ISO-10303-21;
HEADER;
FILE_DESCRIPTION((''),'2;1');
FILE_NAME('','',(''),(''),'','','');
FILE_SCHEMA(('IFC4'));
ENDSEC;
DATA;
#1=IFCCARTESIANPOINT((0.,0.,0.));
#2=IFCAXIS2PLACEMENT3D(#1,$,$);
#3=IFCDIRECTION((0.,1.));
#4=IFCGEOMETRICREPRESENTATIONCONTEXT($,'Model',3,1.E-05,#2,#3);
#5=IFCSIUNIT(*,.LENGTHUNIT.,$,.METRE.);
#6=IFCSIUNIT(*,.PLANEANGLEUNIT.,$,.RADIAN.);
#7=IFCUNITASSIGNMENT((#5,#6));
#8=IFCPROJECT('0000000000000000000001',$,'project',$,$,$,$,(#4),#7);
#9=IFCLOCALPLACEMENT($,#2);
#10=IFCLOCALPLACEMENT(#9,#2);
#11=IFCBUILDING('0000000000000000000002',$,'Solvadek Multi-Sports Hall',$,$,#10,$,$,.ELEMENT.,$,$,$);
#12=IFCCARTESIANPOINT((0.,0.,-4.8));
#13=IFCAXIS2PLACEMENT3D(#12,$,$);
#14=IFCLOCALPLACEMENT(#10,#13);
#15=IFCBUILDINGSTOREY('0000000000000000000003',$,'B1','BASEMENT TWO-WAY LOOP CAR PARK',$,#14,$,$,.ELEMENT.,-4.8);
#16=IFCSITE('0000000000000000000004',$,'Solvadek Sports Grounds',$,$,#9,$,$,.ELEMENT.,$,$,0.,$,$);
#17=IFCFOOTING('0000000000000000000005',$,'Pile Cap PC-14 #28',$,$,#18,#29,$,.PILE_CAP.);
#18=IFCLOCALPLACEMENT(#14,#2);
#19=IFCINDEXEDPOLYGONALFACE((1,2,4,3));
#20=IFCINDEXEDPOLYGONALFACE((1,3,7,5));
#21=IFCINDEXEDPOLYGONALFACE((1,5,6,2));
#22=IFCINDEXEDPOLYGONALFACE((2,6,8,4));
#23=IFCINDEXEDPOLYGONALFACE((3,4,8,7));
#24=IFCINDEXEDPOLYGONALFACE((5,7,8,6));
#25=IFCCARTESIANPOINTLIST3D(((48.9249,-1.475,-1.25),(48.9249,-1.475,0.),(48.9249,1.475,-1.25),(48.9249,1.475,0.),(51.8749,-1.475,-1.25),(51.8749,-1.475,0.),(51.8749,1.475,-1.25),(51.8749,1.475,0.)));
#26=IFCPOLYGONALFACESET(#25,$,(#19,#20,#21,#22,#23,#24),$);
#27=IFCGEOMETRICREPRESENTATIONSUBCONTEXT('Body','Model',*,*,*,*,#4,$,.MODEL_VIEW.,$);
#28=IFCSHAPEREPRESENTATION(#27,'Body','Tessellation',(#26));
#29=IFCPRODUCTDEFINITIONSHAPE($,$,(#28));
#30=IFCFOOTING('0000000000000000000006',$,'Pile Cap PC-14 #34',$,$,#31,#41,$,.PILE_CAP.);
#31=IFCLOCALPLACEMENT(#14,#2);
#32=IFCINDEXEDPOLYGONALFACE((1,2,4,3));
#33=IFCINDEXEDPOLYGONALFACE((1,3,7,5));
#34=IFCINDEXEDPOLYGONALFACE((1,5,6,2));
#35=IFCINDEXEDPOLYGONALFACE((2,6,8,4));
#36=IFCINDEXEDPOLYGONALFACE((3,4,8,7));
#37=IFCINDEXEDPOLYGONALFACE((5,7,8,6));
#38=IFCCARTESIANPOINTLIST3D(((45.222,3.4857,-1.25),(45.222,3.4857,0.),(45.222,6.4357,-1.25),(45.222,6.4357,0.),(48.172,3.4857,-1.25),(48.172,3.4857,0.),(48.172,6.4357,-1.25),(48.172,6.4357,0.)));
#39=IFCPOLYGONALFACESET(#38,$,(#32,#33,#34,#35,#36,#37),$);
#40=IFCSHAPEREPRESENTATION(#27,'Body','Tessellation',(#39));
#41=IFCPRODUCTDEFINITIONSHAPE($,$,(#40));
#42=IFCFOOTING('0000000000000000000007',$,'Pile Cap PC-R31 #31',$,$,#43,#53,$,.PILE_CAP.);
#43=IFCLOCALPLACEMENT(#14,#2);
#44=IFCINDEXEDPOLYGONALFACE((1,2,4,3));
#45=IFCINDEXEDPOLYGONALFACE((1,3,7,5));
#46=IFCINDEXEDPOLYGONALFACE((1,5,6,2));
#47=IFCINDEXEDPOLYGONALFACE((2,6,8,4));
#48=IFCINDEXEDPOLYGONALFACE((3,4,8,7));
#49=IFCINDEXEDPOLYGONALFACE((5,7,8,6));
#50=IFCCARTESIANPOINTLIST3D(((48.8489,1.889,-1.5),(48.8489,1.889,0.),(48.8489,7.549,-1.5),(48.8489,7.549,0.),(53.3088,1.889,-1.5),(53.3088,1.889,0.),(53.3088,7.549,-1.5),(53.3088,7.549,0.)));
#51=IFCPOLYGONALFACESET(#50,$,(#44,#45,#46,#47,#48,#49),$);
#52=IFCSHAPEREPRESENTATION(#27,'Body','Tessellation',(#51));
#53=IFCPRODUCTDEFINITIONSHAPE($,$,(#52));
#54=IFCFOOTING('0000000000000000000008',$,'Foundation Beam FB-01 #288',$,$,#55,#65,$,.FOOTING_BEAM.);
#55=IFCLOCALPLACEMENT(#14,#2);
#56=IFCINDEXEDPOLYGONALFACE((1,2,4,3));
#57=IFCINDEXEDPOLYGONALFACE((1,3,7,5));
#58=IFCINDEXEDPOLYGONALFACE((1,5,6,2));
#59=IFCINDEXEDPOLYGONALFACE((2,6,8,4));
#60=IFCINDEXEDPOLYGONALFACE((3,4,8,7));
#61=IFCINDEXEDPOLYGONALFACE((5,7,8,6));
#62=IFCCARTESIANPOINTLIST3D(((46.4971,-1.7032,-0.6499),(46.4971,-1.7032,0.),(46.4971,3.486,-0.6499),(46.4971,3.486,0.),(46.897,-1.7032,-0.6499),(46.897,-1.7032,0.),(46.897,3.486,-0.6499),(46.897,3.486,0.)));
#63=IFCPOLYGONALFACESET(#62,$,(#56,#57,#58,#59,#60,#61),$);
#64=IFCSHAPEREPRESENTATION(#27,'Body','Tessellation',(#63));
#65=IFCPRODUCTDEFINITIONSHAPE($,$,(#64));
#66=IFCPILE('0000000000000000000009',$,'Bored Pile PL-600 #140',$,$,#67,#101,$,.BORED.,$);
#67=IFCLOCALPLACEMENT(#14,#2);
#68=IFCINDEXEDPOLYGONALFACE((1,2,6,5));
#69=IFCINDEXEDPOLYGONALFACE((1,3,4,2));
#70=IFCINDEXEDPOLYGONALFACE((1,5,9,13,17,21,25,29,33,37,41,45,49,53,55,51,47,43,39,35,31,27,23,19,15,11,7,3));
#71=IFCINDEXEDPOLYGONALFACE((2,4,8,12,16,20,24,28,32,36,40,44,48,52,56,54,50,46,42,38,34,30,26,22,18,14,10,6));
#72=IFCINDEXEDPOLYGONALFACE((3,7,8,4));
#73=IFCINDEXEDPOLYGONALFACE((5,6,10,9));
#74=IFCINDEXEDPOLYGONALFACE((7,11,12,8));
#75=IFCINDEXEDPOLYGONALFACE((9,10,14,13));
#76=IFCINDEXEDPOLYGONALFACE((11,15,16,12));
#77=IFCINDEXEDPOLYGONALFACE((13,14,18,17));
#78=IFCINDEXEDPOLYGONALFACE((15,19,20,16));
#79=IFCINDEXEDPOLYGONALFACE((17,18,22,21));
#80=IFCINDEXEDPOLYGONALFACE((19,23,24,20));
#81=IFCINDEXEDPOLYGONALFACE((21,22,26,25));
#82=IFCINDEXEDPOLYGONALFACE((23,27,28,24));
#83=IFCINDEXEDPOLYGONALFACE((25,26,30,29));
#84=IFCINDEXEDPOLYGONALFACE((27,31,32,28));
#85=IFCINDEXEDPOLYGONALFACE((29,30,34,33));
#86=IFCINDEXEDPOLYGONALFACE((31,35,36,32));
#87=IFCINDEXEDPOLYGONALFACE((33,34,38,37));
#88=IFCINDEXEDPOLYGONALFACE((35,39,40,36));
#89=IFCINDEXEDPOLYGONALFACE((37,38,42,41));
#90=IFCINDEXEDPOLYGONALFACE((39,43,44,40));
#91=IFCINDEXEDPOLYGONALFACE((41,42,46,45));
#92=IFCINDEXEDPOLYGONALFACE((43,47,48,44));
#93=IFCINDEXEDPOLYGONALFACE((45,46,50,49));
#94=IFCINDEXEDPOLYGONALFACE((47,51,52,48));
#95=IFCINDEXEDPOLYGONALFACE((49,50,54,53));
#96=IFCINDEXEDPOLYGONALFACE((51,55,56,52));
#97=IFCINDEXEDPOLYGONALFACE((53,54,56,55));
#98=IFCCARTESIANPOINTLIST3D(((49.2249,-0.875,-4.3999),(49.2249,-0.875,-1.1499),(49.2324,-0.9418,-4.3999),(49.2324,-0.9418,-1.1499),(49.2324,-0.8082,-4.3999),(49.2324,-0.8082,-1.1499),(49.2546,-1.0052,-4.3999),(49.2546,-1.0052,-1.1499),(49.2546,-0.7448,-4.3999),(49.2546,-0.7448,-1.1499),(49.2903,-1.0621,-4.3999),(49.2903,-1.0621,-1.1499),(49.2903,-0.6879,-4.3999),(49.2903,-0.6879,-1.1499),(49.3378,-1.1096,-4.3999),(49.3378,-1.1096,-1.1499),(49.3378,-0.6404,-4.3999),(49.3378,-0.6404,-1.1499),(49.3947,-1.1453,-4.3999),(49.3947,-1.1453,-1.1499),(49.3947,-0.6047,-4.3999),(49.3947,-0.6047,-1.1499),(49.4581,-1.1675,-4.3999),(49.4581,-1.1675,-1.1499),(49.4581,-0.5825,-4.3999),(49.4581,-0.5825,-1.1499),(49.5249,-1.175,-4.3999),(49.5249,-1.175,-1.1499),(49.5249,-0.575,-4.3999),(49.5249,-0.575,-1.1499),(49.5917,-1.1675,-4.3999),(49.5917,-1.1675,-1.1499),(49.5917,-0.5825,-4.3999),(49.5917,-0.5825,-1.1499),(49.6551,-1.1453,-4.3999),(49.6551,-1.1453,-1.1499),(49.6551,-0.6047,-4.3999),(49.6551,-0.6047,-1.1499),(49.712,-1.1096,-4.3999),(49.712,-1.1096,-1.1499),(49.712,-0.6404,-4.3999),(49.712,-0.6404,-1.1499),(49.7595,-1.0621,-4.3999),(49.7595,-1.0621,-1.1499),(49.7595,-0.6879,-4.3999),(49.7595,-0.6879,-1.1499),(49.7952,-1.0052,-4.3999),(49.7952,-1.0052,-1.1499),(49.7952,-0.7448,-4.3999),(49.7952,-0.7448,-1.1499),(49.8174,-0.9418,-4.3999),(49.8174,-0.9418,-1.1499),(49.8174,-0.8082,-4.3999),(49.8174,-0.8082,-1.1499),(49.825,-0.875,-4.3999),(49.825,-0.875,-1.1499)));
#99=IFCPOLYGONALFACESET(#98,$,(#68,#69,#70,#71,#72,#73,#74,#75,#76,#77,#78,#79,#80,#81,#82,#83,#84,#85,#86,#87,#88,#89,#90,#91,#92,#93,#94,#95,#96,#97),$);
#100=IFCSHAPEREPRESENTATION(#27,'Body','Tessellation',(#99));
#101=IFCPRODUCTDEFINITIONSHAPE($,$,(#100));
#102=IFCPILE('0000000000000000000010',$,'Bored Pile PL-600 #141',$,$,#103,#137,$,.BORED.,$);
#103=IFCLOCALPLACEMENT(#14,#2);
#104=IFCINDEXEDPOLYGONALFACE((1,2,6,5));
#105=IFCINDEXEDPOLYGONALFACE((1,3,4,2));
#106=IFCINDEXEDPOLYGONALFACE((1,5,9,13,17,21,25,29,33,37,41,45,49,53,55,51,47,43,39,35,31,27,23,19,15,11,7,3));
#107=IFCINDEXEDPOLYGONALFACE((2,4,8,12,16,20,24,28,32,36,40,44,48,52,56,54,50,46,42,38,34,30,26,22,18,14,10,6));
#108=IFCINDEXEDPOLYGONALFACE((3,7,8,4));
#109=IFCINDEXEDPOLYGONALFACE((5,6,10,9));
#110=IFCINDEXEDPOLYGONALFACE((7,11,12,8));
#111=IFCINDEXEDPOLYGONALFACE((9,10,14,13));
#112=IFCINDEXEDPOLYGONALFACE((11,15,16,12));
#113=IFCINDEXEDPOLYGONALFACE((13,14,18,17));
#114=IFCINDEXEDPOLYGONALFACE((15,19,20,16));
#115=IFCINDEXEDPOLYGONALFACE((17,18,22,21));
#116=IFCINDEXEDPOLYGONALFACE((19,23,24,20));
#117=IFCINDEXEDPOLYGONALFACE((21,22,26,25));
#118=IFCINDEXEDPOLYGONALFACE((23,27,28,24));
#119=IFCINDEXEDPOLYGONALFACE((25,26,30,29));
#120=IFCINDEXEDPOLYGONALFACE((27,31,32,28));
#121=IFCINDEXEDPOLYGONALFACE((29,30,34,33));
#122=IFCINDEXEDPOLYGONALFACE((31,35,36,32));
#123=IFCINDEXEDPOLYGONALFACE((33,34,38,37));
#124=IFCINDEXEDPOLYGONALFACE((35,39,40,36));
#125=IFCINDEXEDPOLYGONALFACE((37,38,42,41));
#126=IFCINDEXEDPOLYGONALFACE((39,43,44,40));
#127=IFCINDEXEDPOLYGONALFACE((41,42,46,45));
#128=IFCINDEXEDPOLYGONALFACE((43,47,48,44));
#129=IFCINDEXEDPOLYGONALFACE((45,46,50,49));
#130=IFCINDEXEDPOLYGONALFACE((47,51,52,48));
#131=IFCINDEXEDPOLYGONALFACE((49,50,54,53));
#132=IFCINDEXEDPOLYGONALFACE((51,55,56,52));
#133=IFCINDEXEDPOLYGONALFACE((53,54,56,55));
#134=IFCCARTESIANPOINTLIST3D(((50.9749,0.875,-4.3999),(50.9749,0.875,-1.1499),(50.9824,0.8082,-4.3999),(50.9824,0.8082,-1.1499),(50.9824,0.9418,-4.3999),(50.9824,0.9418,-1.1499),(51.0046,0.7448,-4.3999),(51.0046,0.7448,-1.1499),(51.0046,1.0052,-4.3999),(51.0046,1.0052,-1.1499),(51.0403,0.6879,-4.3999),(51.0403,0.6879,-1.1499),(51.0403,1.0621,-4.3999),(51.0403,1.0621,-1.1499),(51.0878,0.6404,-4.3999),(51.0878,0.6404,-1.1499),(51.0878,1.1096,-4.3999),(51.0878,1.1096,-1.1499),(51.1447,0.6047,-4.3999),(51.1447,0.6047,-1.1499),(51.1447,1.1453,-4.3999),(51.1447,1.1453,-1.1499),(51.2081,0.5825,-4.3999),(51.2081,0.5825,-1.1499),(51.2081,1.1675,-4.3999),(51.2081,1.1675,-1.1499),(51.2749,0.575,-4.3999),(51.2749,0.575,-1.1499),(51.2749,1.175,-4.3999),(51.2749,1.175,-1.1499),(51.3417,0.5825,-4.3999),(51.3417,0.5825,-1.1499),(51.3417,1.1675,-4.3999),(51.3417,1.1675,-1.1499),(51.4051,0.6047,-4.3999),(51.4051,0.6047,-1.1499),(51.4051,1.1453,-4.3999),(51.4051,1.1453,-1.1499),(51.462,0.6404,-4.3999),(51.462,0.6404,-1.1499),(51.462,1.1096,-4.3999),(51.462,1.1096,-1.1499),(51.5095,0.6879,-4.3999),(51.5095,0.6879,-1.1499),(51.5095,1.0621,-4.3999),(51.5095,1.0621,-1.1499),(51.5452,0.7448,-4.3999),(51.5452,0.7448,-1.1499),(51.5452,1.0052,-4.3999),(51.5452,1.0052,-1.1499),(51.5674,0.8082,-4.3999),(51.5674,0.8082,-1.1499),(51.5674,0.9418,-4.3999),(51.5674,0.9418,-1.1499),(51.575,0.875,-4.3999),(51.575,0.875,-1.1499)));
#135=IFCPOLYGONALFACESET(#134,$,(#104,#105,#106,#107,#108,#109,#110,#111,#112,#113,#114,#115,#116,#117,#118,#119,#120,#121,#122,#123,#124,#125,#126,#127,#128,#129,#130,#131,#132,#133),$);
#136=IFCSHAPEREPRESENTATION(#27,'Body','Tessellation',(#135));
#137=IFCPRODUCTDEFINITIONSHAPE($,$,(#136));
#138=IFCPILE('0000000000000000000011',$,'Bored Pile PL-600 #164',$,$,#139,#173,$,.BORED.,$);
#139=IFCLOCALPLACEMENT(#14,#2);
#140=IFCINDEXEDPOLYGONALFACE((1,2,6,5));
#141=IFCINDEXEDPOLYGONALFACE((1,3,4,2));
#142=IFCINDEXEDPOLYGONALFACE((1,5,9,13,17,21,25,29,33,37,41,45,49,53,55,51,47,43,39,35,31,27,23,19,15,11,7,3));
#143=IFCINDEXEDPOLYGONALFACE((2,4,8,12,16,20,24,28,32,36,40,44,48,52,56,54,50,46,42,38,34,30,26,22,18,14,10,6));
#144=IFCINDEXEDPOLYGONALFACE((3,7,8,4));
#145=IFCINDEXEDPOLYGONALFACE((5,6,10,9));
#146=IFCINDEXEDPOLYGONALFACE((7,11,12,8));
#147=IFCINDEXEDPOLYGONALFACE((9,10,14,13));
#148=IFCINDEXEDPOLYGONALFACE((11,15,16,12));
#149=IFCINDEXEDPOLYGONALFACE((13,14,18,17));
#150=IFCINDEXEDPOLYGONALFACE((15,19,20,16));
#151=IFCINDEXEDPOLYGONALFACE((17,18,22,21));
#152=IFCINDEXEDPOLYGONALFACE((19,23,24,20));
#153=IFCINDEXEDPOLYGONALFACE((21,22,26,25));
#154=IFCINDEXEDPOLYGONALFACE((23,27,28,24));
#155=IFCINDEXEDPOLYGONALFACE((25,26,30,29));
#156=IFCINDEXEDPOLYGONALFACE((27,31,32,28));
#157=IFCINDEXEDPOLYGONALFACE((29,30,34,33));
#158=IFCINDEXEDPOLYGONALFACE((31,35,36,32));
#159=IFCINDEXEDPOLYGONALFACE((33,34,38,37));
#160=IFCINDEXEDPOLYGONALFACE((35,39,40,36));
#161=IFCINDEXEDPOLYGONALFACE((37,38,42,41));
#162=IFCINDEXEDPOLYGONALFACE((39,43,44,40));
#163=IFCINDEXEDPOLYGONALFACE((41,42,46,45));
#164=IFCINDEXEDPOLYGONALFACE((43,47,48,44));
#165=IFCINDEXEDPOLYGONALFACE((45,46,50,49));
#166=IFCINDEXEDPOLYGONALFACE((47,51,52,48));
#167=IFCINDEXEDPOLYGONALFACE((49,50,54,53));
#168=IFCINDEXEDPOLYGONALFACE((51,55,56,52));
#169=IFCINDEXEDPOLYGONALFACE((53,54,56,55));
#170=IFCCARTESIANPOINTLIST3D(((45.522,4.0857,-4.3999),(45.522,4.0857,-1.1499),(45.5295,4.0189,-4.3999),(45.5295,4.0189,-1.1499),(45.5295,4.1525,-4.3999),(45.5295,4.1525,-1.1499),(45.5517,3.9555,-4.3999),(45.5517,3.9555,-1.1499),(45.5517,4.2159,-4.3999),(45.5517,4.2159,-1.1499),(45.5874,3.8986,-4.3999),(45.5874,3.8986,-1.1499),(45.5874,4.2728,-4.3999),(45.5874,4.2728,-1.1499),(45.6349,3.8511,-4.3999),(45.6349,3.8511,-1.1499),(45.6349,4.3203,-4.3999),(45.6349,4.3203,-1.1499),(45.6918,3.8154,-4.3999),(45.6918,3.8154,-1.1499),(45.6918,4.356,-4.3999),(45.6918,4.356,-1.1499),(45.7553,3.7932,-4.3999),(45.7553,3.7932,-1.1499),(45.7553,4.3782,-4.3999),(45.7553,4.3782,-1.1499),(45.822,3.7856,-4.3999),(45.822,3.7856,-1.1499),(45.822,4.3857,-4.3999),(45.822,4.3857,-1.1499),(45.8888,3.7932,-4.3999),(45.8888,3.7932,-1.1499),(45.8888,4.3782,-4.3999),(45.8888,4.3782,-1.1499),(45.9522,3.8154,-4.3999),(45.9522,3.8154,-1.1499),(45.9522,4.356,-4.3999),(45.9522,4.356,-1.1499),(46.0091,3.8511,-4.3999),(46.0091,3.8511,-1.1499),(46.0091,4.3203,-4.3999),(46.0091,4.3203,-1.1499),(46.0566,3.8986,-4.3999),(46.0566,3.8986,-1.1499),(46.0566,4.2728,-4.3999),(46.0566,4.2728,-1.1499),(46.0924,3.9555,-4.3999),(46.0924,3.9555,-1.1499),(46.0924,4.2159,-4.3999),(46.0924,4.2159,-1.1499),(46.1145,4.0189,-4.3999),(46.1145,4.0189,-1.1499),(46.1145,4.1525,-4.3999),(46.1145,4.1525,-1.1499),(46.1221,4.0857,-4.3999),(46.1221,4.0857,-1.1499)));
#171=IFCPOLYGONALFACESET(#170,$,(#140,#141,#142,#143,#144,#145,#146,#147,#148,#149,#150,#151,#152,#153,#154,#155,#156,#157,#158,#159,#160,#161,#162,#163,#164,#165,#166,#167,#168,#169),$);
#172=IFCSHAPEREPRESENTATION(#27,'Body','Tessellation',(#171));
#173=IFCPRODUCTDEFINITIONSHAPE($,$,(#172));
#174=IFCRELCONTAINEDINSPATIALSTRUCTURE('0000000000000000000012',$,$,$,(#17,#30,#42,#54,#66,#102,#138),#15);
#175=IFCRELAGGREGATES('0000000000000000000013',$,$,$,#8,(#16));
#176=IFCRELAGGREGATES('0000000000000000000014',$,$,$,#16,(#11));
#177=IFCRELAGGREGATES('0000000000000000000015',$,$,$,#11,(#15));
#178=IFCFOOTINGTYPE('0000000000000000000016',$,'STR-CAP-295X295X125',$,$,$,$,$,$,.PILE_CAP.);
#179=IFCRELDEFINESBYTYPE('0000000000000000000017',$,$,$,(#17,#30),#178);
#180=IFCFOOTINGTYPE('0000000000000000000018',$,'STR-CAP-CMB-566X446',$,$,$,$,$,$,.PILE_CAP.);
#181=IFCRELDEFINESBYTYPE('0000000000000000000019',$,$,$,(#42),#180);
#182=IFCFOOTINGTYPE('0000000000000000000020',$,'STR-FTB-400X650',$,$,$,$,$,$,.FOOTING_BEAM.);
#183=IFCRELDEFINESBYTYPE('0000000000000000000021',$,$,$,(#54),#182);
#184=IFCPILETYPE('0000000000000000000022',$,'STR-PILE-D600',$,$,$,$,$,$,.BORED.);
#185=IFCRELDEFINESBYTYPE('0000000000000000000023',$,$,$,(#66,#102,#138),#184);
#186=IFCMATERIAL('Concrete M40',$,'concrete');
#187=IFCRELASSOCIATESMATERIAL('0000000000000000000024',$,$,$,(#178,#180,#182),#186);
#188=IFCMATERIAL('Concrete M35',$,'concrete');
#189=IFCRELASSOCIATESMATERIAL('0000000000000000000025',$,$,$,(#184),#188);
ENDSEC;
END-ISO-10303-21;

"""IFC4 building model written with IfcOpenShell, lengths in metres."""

from ifc_helpers import new_model, si_unit, direction, frame, origin, origin_2d, place, context, subcontext, project, spatial, rectangle, circle, extrude, material, material_profile, profile_set, type_object, element, save


model = new_model("IFC4")

# Units and contexts
model_context = context("Model", 3, precision=1e-05, world=origin(), true_north=direction((0.0, 1.0)))
body_context = subcontext(model_context, "Body", "Model", "MODEL_VIEW")
ifc_project = project(units=[si_unit("LENGTHUNIT", "METRE"), si_unit("PLANEANGLEUNIT", "RADIAN")], contexts=[model_context])

# Site, building, storey
site_placement = place(None, origin())
site = spatial("IfcSite", under=ifc_project, at=site_placement, Name="Solvadek Sports Grounds", CompositionType="ELEMENT", RefElevation=0.0)
building_placement = place(site_placement, origin())
building = spatial("IfcBuilding", under=site, at=building_placement, Name="Solvadek Multi-Sports Hall", CompositionType="ELEMENT")
storey_placement = place(building_placement, frame((0.0, 0.0, -4.8)))
storey = spatial("IfcBuildingStorey", under=building, at=storey_placement, Name="B1", Description="BASEMENT TWO-WAY LOOP CAR PARK", CompositionType="ELEMENT", Elevation=-4.8)

# Footings
ifc_material_1 = material(Name="Concrete M40", Category="concrete")
footing_type_1 = type_object("IfcFootingType", Name="STR-CAP-295X295X125", PredefinedType="PILE_CAP", material=ifc_material_1)
for number, where, z_axis, x_axis, name in (
    (1, (50.3999, 0.0, -1.25), (0.0, 0.0, 1.0), (1.0, 0.0, 0.0), "Pile Cap PC-14 #28"),
    (2, (46.697, 4.9607, -1.25), (0.0, 0.0, 1.0), (1.0, 0.0, 0.0), "Pile Cap PC-14 #34"),
):
    element("IfcFooting", number, at=place(storey_placement, frame(where, z_axis=z_axis, x_axis=x_axis)), inside=storey, type_object=footing_type_1, Name=name, PredefinedType="PILE_CAP", context=body_context, shape_type="SweptSolid", body=[
        extrude(rectangle(XDim=2.95, YDim=2.95, at=origin_2d()), origin(), (0.0, 0.0, 1.0), 1.25),
    ])
footing_type_2 = type_object("IfcFootingType", Name="STR-CAP-CMB-566X446", PredefinedType="PILE_CAP", material=ifc_material_1)
footing_1_placement = place(storey_placement, frame((51.0789, 4.719, -1.5), z_axis=(0.0, 0.0, 1.0), x_axis=(0.0, 1.0, 0.0)))
element("IfcFooting", 3, at=footing_1_placement, inside=storey, type_object=footing_type_2, Name="Pile Cap PC-R31 #31", PredefinedType="PILE_CAP", context=body_context, shape_type="SweptSolid", body=[
    extrude(rectangle(XDim=5.6599, YDim=4.46, at=origin_2d()), origin(), (0.0, 0.0, 1.0), 1.5),
])
footing_type_3 = type_object("IfcFootingType", Name="STR-FTB-400X650", PredefinedType="FOOTING_BEAM", material=ifc_material_1)
footing_2_placement = place(storey_placement, frame((46.697, 0.8914, -0.6499), z_axis=(0.0, 0.0, 1.0), x_axis=(0.0, 1.0, 0.0)))
element("IfcFooting", 4, at=footing_2_placement, inside=storey, type_object=footing_type_3, Name="Foundation Beam FB-01 #288", PredefinedType="FOOTING_BEAM", context=body_context, shape_type="SweptSolid", body=[
    extrude(rectangle(XDim=5.1892, YDim=0.3999, at=origin_2d()), origin(), (0.0, 0.0, 1.0), 0.6499),
])

# Piles
ifc_material_2 = material(Name="Concrete M35", Category="concrete")
ifc_material_profile_1 = material_profile(ifc_material_2, circle(Radius=0.3, at=origin_2d()), Name="BORED PILE D600")
ifc_profile_set_1 = profile_set([ifc_material_profile_1], Name="Concrete M35")
pile_type_1 = type_object("IfcPileType", Name="STR-PILE-D600", PredefinedType="BORED", material=ifc_profile_set_1)
for number, where, z_axis, x_axis, name in (
    (5, (49.5249, -0.875, -1.1499), (0.0, 0.0, -1.0), (1.0, 0.0, 0.0), "Bored Pile PL-600 #140"),
    (6, (51.2749, 0.875, -1.1499), (0.0, 0.0, -1.0), (1.0, 0.0, 0.0), "Bored Pile PL-600 #141"),
    (7, (45.822, 4.0857, -1.1499), (0.0, 0.0, -1.0), (1.0, 0.0, 0.0), "Bored Pile PL-600 #164"),
):
    element("IfcPile", number, at=place(storey_placement, frame(where, z_axis=z_axis, x_axis=x_axis)), inside=storey, type_object=pile_type_1, Name=name, PredefinedType="BORED", context=body_context, shape_type="SweptSolid", body=[
        extrude(circle(Radius=0.3, at=origin_2d()), origin(), (0.0, 0.0, 1.0), 3.25),
    ])

save(model, "model.ifc")
